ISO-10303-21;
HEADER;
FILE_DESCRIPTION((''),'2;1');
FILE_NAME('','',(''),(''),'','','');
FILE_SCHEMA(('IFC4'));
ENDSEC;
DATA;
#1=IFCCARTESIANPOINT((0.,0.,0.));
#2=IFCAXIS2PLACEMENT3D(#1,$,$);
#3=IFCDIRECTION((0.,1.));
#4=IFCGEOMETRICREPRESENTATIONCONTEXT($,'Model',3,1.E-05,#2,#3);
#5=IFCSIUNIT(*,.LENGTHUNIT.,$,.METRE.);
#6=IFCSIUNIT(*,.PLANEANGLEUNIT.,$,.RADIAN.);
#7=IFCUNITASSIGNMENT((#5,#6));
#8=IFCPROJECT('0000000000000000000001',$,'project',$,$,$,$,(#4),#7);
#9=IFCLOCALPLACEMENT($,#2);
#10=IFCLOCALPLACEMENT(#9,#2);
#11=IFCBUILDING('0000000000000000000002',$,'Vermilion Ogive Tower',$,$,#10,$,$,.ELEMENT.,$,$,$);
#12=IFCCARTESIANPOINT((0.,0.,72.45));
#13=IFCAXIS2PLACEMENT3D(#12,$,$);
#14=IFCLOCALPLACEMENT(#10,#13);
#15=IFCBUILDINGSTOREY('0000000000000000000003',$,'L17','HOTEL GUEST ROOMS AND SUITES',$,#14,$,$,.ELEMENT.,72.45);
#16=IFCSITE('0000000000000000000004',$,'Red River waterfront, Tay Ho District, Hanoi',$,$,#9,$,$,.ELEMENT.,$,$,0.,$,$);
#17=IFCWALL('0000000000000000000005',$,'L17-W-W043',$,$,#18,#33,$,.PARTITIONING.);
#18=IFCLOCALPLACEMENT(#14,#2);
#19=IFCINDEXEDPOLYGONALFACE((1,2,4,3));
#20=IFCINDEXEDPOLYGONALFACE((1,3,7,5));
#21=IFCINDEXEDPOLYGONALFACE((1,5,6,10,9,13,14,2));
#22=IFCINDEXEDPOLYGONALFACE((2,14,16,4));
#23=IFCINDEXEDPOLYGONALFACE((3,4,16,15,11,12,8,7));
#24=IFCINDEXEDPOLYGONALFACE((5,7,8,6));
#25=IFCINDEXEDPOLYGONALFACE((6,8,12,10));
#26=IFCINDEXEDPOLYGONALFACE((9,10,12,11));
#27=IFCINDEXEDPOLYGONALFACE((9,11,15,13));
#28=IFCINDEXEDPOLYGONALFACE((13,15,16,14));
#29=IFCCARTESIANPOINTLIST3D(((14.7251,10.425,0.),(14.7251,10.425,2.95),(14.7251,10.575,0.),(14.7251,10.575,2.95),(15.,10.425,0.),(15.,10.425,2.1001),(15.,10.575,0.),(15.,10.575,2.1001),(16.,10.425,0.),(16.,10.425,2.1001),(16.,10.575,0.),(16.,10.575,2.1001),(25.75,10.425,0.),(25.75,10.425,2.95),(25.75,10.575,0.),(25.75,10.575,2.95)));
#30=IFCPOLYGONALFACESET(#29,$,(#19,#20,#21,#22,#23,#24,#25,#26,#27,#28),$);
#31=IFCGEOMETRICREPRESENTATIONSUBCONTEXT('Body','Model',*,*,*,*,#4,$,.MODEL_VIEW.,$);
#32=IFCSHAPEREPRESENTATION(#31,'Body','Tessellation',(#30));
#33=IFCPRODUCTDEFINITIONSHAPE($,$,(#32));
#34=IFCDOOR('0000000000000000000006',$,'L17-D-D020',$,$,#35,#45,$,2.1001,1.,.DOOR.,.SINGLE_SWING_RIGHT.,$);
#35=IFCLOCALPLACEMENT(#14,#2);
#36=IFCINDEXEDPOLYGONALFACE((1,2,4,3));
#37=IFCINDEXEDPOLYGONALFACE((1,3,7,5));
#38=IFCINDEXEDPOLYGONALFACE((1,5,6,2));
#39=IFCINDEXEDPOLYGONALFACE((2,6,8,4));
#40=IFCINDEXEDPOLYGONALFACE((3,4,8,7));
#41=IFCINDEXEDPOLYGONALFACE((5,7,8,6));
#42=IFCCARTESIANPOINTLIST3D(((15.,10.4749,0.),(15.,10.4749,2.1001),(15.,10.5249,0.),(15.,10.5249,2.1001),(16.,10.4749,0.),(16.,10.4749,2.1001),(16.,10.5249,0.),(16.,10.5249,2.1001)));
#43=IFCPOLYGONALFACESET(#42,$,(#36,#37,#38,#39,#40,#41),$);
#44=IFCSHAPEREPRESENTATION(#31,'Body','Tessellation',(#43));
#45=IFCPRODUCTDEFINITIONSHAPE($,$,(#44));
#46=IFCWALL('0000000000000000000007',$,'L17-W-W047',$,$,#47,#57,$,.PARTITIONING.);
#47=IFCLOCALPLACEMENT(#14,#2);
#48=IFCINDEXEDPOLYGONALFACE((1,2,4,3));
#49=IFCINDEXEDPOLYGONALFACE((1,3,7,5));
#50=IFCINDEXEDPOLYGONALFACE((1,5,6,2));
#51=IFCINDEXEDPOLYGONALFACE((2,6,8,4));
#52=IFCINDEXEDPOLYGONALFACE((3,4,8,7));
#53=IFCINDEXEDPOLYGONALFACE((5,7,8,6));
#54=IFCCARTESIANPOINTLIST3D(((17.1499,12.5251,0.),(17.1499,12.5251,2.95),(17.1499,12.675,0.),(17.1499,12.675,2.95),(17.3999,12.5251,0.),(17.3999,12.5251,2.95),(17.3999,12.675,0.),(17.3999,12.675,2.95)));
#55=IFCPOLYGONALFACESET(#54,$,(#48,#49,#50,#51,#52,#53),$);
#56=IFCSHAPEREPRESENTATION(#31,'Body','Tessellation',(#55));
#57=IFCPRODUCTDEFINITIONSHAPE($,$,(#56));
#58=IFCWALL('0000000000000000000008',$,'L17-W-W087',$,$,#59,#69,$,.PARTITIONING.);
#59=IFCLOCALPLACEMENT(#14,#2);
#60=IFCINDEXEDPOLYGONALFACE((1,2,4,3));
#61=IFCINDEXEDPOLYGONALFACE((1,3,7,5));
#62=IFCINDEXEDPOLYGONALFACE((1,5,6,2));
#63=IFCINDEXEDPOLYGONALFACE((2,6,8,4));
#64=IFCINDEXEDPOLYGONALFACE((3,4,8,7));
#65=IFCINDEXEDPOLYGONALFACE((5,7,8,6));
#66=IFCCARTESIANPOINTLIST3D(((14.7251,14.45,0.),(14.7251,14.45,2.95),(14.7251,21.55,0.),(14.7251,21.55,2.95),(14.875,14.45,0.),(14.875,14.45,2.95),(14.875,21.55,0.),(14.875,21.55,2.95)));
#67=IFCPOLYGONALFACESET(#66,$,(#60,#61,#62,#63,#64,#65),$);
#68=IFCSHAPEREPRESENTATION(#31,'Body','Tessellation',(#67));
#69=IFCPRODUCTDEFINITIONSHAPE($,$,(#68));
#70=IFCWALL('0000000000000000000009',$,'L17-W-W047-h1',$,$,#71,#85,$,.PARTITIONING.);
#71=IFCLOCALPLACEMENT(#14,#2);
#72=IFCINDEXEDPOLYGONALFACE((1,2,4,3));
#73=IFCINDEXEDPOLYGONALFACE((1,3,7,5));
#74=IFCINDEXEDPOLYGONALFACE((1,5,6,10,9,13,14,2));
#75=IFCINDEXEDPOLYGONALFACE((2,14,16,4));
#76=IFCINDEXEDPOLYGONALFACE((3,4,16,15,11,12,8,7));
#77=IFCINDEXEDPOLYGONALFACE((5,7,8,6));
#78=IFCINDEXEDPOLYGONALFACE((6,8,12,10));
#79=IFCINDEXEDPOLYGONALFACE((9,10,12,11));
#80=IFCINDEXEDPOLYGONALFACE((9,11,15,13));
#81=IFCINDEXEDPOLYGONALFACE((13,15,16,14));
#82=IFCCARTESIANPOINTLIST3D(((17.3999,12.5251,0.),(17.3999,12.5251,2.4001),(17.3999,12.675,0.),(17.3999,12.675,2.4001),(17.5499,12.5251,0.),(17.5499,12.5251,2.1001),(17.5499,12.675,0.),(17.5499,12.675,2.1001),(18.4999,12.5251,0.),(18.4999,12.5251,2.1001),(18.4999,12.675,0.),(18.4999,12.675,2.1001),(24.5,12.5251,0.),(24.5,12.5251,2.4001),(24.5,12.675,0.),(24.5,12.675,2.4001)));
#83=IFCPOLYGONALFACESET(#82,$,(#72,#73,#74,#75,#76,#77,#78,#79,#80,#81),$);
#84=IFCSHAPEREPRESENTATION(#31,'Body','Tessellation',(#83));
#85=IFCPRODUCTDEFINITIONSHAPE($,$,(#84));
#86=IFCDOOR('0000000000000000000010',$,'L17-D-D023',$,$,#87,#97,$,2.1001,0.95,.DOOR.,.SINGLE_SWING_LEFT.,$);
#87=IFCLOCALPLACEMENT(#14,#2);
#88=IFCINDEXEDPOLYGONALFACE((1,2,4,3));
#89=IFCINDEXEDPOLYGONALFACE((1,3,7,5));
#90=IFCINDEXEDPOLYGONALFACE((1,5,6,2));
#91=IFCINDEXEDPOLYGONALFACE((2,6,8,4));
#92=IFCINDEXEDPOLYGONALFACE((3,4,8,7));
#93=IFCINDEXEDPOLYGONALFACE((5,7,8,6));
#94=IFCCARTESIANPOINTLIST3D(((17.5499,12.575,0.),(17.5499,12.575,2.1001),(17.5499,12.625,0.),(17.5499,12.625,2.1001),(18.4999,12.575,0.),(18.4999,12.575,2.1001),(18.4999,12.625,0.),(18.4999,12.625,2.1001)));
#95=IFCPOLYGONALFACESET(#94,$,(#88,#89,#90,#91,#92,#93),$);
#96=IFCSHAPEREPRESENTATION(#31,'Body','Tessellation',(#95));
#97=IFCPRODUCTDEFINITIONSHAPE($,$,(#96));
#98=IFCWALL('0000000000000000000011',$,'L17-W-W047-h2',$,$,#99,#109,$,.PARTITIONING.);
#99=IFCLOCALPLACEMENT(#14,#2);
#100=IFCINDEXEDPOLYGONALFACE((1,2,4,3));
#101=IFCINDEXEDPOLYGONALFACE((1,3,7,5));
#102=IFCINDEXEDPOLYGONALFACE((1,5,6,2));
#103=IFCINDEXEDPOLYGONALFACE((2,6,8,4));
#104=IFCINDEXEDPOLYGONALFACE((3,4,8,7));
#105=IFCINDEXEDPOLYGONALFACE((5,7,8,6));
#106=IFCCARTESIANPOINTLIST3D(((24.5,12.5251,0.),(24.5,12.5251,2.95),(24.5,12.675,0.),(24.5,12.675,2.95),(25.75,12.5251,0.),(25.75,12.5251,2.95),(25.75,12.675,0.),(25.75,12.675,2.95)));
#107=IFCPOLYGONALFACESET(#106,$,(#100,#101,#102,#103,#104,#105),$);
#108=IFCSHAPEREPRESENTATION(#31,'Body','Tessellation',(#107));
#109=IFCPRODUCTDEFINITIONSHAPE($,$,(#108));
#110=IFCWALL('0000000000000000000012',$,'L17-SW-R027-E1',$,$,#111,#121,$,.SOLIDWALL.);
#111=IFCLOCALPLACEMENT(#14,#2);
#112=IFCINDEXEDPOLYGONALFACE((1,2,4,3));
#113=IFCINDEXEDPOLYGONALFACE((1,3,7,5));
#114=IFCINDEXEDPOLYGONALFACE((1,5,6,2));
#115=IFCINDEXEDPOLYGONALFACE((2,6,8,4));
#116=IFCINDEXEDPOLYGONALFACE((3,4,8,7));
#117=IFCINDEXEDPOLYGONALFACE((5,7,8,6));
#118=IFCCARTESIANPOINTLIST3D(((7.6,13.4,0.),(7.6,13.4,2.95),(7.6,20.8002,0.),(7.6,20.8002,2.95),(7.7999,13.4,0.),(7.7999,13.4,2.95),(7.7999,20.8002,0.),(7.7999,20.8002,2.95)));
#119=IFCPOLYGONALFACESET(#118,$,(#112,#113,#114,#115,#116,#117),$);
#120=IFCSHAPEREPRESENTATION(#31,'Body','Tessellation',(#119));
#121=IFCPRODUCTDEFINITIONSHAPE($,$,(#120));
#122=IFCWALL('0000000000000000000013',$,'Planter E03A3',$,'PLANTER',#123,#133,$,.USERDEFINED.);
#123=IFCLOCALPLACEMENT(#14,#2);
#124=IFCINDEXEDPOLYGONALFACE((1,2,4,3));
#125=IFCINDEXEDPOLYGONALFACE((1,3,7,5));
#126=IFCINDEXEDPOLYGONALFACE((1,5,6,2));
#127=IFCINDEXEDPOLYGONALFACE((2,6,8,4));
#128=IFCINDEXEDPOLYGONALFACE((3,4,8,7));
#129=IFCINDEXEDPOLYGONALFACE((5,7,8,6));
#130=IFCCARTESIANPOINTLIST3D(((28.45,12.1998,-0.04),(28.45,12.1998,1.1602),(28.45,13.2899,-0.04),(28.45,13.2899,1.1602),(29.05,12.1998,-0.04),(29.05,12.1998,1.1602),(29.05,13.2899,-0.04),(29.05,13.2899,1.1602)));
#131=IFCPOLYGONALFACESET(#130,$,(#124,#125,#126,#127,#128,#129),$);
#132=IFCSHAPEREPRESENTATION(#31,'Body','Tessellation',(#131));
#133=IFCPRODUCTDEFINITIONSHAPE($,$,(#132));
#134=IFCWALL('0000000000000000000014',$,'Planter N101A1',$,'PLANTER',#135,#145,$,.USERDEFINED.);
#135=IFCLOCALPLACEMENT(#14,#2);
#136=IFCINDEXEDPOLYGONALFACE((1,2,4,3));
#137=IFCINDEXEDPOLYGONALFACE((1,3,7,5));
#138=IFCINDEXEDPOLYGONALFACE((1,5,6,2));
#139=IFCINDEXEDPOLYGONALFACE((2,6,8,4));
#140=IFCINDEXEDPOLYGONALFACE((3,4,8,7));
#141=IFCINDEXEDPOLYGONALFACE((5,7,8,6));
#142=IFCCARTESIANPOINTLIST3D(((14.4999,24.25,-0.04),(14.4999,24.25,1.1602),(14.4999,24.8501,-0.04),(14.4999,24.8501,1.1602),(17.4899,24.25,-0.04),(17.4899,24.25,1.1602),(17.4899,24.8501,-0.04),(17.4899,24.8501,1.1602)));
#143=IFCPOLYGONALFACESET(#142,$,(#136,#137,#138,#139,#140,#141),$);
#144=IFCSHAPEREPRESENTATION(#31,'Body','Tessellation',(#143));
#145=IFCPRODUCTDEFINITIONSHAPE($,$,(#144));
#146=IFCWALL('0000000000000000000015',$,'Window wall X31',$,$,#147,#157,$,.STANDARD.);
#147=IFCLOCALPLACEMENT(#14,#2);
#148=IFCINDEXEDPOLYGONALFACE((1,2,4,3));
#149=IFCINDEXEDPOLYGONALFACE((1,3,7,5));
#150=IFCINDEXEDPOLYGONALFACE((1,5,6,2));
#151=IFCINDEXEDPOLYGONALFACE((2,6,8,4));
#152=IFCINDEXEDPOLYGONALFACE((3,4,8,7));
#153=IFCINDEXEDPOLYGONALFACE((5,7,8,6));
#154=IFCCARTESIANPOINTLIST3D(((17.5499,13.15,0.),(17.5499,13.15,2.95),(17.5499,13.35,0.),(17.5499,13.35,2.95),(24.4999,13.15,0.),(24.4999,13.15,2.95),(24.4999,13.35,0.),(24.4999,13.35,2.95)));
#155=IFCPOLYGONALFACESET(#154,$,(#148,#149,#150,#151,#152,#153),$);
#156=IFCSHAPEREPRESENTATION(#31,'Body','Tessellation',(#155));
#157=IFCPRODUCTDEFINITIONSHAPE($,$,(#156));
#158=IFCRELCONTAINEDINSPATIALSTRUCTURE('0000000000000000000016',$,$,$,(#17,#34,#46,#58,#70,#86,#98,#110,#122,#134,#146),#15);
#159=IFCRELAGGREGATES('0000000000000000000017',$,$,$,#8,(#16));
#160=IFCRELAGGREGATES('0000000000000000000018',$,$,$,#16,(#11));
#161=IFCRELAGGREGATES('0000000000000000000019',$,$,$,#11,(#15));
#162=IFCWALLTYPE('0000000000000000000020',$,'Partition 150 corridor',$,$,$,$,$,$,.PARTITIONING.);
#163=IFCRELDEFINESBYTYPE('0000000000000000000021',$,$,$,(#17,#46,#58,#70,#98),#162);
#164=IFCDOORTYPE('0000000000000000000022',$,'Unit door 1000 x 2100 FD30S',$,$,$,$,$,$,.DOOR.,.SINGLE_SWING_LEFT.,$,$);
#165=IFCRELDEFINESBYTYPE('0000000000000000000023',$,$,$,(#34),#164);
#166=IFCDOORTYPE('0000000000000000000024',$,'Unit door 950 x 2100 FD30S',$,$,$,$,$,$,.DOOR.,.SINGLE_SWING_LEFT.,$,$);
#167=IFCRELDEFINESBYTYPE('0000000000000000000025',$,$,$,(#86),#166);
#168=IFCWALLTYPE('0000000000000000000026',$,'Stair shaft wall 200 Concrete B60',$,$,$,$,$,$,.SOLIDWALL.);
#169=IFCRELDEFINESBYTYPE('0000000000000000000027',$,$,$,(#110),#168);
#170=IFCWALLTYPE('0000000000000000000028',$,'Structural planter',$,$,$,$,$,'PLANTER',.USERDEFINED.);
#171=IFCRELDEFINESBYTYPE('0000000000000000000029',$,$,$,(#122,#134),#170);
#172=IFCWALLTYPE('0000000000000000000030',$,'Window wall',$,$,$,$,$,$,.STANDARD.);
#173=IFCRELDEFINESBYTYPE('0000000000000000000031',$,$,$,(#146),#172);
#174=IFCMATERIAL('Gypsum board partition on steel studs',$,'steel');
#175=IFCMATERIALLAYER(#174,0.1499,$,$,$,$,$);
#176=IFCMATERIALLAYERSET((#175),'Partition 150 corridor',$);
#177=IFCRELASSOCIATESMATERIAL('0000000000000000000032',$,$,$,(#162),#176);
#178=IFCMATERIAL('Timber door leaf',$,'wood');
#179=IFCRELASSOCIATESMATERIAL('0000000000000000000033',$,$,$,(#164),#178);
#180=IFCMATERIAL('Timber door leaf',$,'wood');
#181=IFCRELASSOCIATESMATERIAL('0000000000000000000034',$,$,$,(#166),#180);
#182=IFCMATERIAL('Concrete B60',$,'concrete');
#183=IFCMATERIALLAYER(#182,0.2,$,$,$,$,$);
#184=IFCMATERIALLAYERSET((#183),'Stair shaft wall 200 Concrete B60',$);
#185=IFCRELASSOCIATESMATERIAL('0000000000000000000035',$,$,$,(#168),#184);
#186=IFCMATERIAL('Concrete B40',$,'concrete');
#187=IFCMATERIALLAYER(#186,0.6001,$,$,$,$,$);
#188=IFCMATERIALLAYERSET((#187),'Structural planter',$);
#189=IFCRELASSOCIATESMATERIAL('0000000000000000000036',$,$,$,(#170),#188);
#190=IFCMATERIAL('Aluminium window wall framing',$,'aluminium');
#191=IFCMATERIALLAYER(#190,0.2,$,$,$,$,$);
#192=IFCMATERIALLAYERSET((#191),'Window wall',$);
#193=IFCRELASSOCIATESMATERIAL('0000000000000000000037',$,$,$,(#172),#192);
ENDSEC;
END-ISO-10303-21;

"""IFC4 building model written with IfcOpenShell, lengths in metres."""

from ifc_helpers import new_model, si_unit, direction, frame, frame_2d, origin, place, context, subcontext, project, spatial, rectangle, extrude, material, layer, layer_set, type_object, element, fill, save


model = new_model("IFC4")

# Units and contexts
model_context = context("Model", 3, precision=1e-05, world=origin(), true_north=direction((0.0, 1.0)))
body_context = subcontext(model_context, "Body", "Model", "MODEL_VIEW")
ifc_project = project(units=[si_unit("LENGTHUNIT", "METRE"), si_unit("PLANEANGLEUNIT", "RADIAN")], contexts=[model_context])

# Site, building, storey
site_placement = place(None, origin())
site = spatial("IfcSite", under=ifc_project, at=site_placement, Name="Red River waterfront, Tay Ho District, Hanoi", CompositionType="ELEMENT", RefElevation=0.0)
building_placement = place(site_placement, origin())
building = spatial("IfcBuilding", under=site, at=building_placement, Name="Vermilion Ogive Tower", CompositionType="ELEMENT")
storey_placement = place(building_placement, frame((0.0, 0.0, 72.45)))
storey = spatial("IfcBuildingStorey", under=building, at=storey_placement, Name="L17", Description="HOTEL GUEST ROOMS AND SUITES", CompositionType="ELEMENT", Elevation=72.45)

# Wall, opening, door
ifc_material_1 = material(Name="Gypsum board partition on steel studs", Category="steel")
ifc_layer_1 = layer(ifc_material_1, 0.1499)
ifc_layer_set_1 = layer_set([ifc_layer_1], Name="Partition 150 corridor")
wall_type_1 = type_object("IfcWallType", Name="Partition 150 corridor", PredefinedType="PARTITIONING", material=ifc_layer_set_1)
wall_1_placement = place(storey_placement, frame((14.7251, 10.5, 0.0), z_axis=(0.0, 0.0, 1.0), x_axis=(1.0, 0.0, 0.0)))
wall_1 = element("IfcWall", 1, at=wall_1_placement, inside=storey, type_object=wall_type_1, Name="L17-W-W043", PredefinedType="PARTITIONING", context=body_context, shape_type="SweptSolid", body=[
    extrude(rectangle(XDim=11.0249, YDim=0.1499, at=frame_2d((5.5125, 0.0))), origin(), (0.0, 0.0, 1.0), 2.95),
])
opening_1_placement = place(wall_1_placement, frame((0.2749, 0.0, 0.0)))
opening_1 = element("IfcOpeningElement", 2, at=opening_1_placement, cuts=wall_1, PredefinedType="OPENING", context=body_context, shape_type="SweptSolid", body=[
    extrude(rectangle(XDim=1.0, YDim=2.1001, at=frame_2d((0.5, 1.05))), frame((0.0, 0.085, 0.0), z_axis=(0.0, -1.0, 0.0), x_axis=(1.0, 0.0, 0.0)), (0.0, 0.0, 1.0), 0.1699),
])
ifc_material_2 = material(Name="Timber door leaf", Category="wood")
door_type_1 = type_object("IfcDoorType", Name="Unit door 1000 x 2100 FD30S", OperationType="SINGLE_SWING_LEFT", PredefinedType="DOOR", material=ifc_material_2)
door_1_placement = place(opening_1_placement, origin())
door_1 = element("IfcDoor", 3, at=door_1_placement, inside=storey, type_object=door_type_1, Name="L17-D-D020", OperationType="SINGLE_SWING_RIGHT", OverallHeight=2.1001, OverallWidth=1.0, PredefinedType="DOOR", context=body_context, shape_type="SweptSolid", body=[
    extrude(rectangle(XDim=1.0, YDim=2.1001, at=frame_2d((0.5, 1.05))), frame((0.0, 0.0249, 0.0), z_axis=(0.0, -1.0, 0.0), x_axis=(1.0, 0.0, 0.0)), (0.0, 0.0, 1.0), 0.05),
])
fill(opening_1, door_1)

# Walls
wall_2_placement = place(storey_placement, frame((17.1499, 12.6001, 0.0), z_axis=(0.0, 0.0, 1.0), x_axis=(1.0, 0.0, 0.0)))
element("IfcWall", 4, at=wall_2_placement, inside=storey, type_object=wall_type_1, Name="L17-W-W047", PredefinedType="PARTITIONING", context=body_context, shape_type="SweptSolid", body=[
    extrude(rectangle(XDim=0.25, YDim=0.1499, at=frame_2d((0.125, 0.0))), origin(), (0.0, 0.0, 1.0), 2.95),
])
wall_3_placement = place(storey_placement, frame((14.8, 14.45, 0.0), z_axis=(0.0, 0.0, 1.0), x_axis=(0.0, 1.0, 0.0)))
element("IfcWall", 5, at=wall_3_placement, inside=storey, type_object=wall_type_1, Name="L17-W-W087", PredefinedType="PARTITIONING", context=body_context, shape_type="SweptSolid", body=[
    extrude(rectangle(XDim=7.1001, YDim=0.1499, at=frame_2d((3.55, 0.0))), origin(), (0.0, 0.0, 1.0), 2.95),
])

# Wall, opening, door
wall_4_placement = place(storey_placement, frame((17.3999, 12.6001, 0.0), z_axis=(0.0, 0.0, 1.0), x_axis=(1.0, 0.0, 0.0)))
wall_4 = element("IfcWall", 6, at=wall_4_placement, inside=storey, type_object=wall_type_1, Name="L17-W-W047-h1", PredefinedType="PARTITIONING", context=body_context, shape_type="SweptSolid", body=[
    extrude(rectangle(XDim=7.1001, YDim=0.1499, at=frame_2d((3.55, 0.0))), origin(), (0.0, 0.0, 1.0), 2.4001),
])
opening_2_placement = place(wall_4_placement, frame((0.1499, 0.0, 0.0)))
opening_2 = element("IfcOpeningElement", 7, at=opening_2_placement, cuts=wall_4, PredefinedType="OPENING", context=body_context, shape_type="SweptSolid", body=[
    extrude(rectangle(XDim=0.95, YDim=2.1001, at=frame_2d((0.4751, 1.05))), frame((0.0, 0.085, 0.0), z_axis=(0.0, -1.0, 0.0), x_axis=(1.0, 0.0, 0.0)), (0.0, 0.0, 1.0), 0.1699),
])
ifc_material_3 = material(Name="Timber door leaf", Category="wood")
door_type_2 = type_object("IfcDoorType", Name="Unit door 950 x 2100 FD30S", OperationType="SINGLE_SWING_LEFT", PredefinedType="DOOR", material=ifc_material_3)
door_2_placement = place(opening_2_placement, origin())
door_2 = element("IfcDoor", 8, at=door_2_placement, inside=storey, type_object=door_type_2, Name="L17-D-D023", OperationType="SINGLE_SWING_LEFT", OverallHeight=2.1001, OverallWidth=0.95, PredefinedType="DOOR", context=body_context, shape_type="SweptSolid", body=[
    extrude(rectangle(XDim=0.95, YDim=2.1001, at=frame_2d((0.4751, 1.05))), frame((0.0, 0.0249, 0.0), z_axis=(0.0, -1.0, 0.0), x_axis=(1.0, 0.0, 0.0)), (0.0, 0.0, 1.0), 0.05),
])
fill(opening_2, door_2)

# Walls
wall_5_placement = place(storey_placement, frame((24.5, 12.6001, 0.0), z_axis=(0.0, 0.0, 1.0), x_axis=(1.0, 0.0, 0.0)))
element("IfcWall", 9, at=wall_5_placement, inside=storey, type_object=wall_type_1, Name="L17-W-W047-h2", PredefinedType="PARTITIONING", context=body_context, shape_type="SweptSolid", body=[
    extrude(rectangle(XDim=1.25, YDim=0.1499, at=frame_2d((0.625, 0.0))), origin(), (0.0, 0.0, 1.0), 2.95),
])
ifc_material_4 = material(Name="Concrete B60", Category="concrete")
ifc_layer_2 = layer(ifc_material_4, 0.2)
ifc_layer_set_2 = layer_set([ifc_layer_2], Name="Stair shaft wall 200 Concrete B60")
wall_type_2 = type_object("IfcWallType", Name="Stair shaft wall 200 Concrete B60", PredefinedType="SOLIDWALL", material=ifc_layer_set_2)
wall_6_placement = place(storey_placement, frame((7.7, 13.3999, 0.0), z_axis=(0.0, 0.0, 1.0), x_axis=(0.0, 1.0, 0.0)))
element("IfcWall", 10, at=wall_6_placement, inside=storey, type_object=wall_type_2, Name="L17-SW-R027-E1", PredefinedType="SOLIDWALL", context=body_context, shape_type="SweptSolid", body=[
    extrude(rectangle(XDim=7.4001, YDim=0.2, at=frame_2d((3.7002, 0.0))), origin(), (0.0, 0.0, 1.0), 2.95),
])
ifc_material_5 = material(Name="Concrete B40", Category="concrete")
ifc_layer_3 = layer(ifc_material_5, 0.6001)
ifc_layer_set_3 = layer_set([ifc_layer_3], Name="Structural planter")
wall_type_3 = type_object("IfcWallType", Name="Structural planter", ElementType="PLANTER", PredefinedType="USERDEFINED", material=ifc_layer_set_3)
wall_7_placement = place(storey_placement, frame((28.75, 12.2, -0.04), z_axis=(0.0, 0.0, 1.0), x_axis=(0.0, 1.0, 0.0)))
element("IfcWall", 11, at=wall_7_placement, inside=storey, type_object=wall_type_3, Name="Planter E03A3", ObjectType="PLANTER", PredefinedType="USERDEFINED", context=body_context, shape_type="SweptSolid", body=[
    extrude(rectangle(XDim=1.0901, YDim=0.6001, at=frame_2d((0.5449, 0.0))), origin(), (0.0, 0.0, 1.0), 1.2002),
])
wall_8_placement = place(storey_placement, frame((17.49, 24.55, -0.04), z_axis=(0.0, 0.0, 1.0), x_axis=(-1.0, 0.0, 0.0)))
element("IfcWall", 12, at=wall_8_placement, inside=storey, type_object=wall_type_3, Name="Planter N101A1", ObjectType="PLANTER", PredefinedType="USERDEFINED", context=body_context, shape_type="SweptSolid", body=[
    extrude(rectangle(XDim=2.99, YDim=0.6001, at=frame_2d((1.4951, 0.0))), origin(), (0.0, 0.0, 1.0), 1.2002),
])
ifc_material_6 = material(Name="Aluminium window wall framing", Category="aluminium")
ifc_layer_4 = layer(ifc_material_6, 0.2)
ifc_layer_set_4 = layer_set([ifc_layer_4], Name="Window wall")
wall_type_4 = type_object("IfcWallType", Name="Window wall", PredefinedType="STANDARD", material=ifc_layer_set_4)
wall_9_placement = place(storey_placement, frame((24.5, 13.25, 0.0), z_axis=(0.0, 0.0, 1.0), x_axis=(-1.0, 0.0, 0.0)))
element("IfcWall", 13, at=wall_9_placement, inside=storey, type_object=wall_type_4, Name="Window wall X31", PredefinedType="STANDARD", context=body_context, shape_type="SweptSolid", body=[
    extrude(rectangle(XDim=6.95, YDim=0.2, at=frame_2d((3.4751, 0.0))), origin(), (0.0, 0.0, 1.0), 2.95),
])

save(model, "model.ifc")
